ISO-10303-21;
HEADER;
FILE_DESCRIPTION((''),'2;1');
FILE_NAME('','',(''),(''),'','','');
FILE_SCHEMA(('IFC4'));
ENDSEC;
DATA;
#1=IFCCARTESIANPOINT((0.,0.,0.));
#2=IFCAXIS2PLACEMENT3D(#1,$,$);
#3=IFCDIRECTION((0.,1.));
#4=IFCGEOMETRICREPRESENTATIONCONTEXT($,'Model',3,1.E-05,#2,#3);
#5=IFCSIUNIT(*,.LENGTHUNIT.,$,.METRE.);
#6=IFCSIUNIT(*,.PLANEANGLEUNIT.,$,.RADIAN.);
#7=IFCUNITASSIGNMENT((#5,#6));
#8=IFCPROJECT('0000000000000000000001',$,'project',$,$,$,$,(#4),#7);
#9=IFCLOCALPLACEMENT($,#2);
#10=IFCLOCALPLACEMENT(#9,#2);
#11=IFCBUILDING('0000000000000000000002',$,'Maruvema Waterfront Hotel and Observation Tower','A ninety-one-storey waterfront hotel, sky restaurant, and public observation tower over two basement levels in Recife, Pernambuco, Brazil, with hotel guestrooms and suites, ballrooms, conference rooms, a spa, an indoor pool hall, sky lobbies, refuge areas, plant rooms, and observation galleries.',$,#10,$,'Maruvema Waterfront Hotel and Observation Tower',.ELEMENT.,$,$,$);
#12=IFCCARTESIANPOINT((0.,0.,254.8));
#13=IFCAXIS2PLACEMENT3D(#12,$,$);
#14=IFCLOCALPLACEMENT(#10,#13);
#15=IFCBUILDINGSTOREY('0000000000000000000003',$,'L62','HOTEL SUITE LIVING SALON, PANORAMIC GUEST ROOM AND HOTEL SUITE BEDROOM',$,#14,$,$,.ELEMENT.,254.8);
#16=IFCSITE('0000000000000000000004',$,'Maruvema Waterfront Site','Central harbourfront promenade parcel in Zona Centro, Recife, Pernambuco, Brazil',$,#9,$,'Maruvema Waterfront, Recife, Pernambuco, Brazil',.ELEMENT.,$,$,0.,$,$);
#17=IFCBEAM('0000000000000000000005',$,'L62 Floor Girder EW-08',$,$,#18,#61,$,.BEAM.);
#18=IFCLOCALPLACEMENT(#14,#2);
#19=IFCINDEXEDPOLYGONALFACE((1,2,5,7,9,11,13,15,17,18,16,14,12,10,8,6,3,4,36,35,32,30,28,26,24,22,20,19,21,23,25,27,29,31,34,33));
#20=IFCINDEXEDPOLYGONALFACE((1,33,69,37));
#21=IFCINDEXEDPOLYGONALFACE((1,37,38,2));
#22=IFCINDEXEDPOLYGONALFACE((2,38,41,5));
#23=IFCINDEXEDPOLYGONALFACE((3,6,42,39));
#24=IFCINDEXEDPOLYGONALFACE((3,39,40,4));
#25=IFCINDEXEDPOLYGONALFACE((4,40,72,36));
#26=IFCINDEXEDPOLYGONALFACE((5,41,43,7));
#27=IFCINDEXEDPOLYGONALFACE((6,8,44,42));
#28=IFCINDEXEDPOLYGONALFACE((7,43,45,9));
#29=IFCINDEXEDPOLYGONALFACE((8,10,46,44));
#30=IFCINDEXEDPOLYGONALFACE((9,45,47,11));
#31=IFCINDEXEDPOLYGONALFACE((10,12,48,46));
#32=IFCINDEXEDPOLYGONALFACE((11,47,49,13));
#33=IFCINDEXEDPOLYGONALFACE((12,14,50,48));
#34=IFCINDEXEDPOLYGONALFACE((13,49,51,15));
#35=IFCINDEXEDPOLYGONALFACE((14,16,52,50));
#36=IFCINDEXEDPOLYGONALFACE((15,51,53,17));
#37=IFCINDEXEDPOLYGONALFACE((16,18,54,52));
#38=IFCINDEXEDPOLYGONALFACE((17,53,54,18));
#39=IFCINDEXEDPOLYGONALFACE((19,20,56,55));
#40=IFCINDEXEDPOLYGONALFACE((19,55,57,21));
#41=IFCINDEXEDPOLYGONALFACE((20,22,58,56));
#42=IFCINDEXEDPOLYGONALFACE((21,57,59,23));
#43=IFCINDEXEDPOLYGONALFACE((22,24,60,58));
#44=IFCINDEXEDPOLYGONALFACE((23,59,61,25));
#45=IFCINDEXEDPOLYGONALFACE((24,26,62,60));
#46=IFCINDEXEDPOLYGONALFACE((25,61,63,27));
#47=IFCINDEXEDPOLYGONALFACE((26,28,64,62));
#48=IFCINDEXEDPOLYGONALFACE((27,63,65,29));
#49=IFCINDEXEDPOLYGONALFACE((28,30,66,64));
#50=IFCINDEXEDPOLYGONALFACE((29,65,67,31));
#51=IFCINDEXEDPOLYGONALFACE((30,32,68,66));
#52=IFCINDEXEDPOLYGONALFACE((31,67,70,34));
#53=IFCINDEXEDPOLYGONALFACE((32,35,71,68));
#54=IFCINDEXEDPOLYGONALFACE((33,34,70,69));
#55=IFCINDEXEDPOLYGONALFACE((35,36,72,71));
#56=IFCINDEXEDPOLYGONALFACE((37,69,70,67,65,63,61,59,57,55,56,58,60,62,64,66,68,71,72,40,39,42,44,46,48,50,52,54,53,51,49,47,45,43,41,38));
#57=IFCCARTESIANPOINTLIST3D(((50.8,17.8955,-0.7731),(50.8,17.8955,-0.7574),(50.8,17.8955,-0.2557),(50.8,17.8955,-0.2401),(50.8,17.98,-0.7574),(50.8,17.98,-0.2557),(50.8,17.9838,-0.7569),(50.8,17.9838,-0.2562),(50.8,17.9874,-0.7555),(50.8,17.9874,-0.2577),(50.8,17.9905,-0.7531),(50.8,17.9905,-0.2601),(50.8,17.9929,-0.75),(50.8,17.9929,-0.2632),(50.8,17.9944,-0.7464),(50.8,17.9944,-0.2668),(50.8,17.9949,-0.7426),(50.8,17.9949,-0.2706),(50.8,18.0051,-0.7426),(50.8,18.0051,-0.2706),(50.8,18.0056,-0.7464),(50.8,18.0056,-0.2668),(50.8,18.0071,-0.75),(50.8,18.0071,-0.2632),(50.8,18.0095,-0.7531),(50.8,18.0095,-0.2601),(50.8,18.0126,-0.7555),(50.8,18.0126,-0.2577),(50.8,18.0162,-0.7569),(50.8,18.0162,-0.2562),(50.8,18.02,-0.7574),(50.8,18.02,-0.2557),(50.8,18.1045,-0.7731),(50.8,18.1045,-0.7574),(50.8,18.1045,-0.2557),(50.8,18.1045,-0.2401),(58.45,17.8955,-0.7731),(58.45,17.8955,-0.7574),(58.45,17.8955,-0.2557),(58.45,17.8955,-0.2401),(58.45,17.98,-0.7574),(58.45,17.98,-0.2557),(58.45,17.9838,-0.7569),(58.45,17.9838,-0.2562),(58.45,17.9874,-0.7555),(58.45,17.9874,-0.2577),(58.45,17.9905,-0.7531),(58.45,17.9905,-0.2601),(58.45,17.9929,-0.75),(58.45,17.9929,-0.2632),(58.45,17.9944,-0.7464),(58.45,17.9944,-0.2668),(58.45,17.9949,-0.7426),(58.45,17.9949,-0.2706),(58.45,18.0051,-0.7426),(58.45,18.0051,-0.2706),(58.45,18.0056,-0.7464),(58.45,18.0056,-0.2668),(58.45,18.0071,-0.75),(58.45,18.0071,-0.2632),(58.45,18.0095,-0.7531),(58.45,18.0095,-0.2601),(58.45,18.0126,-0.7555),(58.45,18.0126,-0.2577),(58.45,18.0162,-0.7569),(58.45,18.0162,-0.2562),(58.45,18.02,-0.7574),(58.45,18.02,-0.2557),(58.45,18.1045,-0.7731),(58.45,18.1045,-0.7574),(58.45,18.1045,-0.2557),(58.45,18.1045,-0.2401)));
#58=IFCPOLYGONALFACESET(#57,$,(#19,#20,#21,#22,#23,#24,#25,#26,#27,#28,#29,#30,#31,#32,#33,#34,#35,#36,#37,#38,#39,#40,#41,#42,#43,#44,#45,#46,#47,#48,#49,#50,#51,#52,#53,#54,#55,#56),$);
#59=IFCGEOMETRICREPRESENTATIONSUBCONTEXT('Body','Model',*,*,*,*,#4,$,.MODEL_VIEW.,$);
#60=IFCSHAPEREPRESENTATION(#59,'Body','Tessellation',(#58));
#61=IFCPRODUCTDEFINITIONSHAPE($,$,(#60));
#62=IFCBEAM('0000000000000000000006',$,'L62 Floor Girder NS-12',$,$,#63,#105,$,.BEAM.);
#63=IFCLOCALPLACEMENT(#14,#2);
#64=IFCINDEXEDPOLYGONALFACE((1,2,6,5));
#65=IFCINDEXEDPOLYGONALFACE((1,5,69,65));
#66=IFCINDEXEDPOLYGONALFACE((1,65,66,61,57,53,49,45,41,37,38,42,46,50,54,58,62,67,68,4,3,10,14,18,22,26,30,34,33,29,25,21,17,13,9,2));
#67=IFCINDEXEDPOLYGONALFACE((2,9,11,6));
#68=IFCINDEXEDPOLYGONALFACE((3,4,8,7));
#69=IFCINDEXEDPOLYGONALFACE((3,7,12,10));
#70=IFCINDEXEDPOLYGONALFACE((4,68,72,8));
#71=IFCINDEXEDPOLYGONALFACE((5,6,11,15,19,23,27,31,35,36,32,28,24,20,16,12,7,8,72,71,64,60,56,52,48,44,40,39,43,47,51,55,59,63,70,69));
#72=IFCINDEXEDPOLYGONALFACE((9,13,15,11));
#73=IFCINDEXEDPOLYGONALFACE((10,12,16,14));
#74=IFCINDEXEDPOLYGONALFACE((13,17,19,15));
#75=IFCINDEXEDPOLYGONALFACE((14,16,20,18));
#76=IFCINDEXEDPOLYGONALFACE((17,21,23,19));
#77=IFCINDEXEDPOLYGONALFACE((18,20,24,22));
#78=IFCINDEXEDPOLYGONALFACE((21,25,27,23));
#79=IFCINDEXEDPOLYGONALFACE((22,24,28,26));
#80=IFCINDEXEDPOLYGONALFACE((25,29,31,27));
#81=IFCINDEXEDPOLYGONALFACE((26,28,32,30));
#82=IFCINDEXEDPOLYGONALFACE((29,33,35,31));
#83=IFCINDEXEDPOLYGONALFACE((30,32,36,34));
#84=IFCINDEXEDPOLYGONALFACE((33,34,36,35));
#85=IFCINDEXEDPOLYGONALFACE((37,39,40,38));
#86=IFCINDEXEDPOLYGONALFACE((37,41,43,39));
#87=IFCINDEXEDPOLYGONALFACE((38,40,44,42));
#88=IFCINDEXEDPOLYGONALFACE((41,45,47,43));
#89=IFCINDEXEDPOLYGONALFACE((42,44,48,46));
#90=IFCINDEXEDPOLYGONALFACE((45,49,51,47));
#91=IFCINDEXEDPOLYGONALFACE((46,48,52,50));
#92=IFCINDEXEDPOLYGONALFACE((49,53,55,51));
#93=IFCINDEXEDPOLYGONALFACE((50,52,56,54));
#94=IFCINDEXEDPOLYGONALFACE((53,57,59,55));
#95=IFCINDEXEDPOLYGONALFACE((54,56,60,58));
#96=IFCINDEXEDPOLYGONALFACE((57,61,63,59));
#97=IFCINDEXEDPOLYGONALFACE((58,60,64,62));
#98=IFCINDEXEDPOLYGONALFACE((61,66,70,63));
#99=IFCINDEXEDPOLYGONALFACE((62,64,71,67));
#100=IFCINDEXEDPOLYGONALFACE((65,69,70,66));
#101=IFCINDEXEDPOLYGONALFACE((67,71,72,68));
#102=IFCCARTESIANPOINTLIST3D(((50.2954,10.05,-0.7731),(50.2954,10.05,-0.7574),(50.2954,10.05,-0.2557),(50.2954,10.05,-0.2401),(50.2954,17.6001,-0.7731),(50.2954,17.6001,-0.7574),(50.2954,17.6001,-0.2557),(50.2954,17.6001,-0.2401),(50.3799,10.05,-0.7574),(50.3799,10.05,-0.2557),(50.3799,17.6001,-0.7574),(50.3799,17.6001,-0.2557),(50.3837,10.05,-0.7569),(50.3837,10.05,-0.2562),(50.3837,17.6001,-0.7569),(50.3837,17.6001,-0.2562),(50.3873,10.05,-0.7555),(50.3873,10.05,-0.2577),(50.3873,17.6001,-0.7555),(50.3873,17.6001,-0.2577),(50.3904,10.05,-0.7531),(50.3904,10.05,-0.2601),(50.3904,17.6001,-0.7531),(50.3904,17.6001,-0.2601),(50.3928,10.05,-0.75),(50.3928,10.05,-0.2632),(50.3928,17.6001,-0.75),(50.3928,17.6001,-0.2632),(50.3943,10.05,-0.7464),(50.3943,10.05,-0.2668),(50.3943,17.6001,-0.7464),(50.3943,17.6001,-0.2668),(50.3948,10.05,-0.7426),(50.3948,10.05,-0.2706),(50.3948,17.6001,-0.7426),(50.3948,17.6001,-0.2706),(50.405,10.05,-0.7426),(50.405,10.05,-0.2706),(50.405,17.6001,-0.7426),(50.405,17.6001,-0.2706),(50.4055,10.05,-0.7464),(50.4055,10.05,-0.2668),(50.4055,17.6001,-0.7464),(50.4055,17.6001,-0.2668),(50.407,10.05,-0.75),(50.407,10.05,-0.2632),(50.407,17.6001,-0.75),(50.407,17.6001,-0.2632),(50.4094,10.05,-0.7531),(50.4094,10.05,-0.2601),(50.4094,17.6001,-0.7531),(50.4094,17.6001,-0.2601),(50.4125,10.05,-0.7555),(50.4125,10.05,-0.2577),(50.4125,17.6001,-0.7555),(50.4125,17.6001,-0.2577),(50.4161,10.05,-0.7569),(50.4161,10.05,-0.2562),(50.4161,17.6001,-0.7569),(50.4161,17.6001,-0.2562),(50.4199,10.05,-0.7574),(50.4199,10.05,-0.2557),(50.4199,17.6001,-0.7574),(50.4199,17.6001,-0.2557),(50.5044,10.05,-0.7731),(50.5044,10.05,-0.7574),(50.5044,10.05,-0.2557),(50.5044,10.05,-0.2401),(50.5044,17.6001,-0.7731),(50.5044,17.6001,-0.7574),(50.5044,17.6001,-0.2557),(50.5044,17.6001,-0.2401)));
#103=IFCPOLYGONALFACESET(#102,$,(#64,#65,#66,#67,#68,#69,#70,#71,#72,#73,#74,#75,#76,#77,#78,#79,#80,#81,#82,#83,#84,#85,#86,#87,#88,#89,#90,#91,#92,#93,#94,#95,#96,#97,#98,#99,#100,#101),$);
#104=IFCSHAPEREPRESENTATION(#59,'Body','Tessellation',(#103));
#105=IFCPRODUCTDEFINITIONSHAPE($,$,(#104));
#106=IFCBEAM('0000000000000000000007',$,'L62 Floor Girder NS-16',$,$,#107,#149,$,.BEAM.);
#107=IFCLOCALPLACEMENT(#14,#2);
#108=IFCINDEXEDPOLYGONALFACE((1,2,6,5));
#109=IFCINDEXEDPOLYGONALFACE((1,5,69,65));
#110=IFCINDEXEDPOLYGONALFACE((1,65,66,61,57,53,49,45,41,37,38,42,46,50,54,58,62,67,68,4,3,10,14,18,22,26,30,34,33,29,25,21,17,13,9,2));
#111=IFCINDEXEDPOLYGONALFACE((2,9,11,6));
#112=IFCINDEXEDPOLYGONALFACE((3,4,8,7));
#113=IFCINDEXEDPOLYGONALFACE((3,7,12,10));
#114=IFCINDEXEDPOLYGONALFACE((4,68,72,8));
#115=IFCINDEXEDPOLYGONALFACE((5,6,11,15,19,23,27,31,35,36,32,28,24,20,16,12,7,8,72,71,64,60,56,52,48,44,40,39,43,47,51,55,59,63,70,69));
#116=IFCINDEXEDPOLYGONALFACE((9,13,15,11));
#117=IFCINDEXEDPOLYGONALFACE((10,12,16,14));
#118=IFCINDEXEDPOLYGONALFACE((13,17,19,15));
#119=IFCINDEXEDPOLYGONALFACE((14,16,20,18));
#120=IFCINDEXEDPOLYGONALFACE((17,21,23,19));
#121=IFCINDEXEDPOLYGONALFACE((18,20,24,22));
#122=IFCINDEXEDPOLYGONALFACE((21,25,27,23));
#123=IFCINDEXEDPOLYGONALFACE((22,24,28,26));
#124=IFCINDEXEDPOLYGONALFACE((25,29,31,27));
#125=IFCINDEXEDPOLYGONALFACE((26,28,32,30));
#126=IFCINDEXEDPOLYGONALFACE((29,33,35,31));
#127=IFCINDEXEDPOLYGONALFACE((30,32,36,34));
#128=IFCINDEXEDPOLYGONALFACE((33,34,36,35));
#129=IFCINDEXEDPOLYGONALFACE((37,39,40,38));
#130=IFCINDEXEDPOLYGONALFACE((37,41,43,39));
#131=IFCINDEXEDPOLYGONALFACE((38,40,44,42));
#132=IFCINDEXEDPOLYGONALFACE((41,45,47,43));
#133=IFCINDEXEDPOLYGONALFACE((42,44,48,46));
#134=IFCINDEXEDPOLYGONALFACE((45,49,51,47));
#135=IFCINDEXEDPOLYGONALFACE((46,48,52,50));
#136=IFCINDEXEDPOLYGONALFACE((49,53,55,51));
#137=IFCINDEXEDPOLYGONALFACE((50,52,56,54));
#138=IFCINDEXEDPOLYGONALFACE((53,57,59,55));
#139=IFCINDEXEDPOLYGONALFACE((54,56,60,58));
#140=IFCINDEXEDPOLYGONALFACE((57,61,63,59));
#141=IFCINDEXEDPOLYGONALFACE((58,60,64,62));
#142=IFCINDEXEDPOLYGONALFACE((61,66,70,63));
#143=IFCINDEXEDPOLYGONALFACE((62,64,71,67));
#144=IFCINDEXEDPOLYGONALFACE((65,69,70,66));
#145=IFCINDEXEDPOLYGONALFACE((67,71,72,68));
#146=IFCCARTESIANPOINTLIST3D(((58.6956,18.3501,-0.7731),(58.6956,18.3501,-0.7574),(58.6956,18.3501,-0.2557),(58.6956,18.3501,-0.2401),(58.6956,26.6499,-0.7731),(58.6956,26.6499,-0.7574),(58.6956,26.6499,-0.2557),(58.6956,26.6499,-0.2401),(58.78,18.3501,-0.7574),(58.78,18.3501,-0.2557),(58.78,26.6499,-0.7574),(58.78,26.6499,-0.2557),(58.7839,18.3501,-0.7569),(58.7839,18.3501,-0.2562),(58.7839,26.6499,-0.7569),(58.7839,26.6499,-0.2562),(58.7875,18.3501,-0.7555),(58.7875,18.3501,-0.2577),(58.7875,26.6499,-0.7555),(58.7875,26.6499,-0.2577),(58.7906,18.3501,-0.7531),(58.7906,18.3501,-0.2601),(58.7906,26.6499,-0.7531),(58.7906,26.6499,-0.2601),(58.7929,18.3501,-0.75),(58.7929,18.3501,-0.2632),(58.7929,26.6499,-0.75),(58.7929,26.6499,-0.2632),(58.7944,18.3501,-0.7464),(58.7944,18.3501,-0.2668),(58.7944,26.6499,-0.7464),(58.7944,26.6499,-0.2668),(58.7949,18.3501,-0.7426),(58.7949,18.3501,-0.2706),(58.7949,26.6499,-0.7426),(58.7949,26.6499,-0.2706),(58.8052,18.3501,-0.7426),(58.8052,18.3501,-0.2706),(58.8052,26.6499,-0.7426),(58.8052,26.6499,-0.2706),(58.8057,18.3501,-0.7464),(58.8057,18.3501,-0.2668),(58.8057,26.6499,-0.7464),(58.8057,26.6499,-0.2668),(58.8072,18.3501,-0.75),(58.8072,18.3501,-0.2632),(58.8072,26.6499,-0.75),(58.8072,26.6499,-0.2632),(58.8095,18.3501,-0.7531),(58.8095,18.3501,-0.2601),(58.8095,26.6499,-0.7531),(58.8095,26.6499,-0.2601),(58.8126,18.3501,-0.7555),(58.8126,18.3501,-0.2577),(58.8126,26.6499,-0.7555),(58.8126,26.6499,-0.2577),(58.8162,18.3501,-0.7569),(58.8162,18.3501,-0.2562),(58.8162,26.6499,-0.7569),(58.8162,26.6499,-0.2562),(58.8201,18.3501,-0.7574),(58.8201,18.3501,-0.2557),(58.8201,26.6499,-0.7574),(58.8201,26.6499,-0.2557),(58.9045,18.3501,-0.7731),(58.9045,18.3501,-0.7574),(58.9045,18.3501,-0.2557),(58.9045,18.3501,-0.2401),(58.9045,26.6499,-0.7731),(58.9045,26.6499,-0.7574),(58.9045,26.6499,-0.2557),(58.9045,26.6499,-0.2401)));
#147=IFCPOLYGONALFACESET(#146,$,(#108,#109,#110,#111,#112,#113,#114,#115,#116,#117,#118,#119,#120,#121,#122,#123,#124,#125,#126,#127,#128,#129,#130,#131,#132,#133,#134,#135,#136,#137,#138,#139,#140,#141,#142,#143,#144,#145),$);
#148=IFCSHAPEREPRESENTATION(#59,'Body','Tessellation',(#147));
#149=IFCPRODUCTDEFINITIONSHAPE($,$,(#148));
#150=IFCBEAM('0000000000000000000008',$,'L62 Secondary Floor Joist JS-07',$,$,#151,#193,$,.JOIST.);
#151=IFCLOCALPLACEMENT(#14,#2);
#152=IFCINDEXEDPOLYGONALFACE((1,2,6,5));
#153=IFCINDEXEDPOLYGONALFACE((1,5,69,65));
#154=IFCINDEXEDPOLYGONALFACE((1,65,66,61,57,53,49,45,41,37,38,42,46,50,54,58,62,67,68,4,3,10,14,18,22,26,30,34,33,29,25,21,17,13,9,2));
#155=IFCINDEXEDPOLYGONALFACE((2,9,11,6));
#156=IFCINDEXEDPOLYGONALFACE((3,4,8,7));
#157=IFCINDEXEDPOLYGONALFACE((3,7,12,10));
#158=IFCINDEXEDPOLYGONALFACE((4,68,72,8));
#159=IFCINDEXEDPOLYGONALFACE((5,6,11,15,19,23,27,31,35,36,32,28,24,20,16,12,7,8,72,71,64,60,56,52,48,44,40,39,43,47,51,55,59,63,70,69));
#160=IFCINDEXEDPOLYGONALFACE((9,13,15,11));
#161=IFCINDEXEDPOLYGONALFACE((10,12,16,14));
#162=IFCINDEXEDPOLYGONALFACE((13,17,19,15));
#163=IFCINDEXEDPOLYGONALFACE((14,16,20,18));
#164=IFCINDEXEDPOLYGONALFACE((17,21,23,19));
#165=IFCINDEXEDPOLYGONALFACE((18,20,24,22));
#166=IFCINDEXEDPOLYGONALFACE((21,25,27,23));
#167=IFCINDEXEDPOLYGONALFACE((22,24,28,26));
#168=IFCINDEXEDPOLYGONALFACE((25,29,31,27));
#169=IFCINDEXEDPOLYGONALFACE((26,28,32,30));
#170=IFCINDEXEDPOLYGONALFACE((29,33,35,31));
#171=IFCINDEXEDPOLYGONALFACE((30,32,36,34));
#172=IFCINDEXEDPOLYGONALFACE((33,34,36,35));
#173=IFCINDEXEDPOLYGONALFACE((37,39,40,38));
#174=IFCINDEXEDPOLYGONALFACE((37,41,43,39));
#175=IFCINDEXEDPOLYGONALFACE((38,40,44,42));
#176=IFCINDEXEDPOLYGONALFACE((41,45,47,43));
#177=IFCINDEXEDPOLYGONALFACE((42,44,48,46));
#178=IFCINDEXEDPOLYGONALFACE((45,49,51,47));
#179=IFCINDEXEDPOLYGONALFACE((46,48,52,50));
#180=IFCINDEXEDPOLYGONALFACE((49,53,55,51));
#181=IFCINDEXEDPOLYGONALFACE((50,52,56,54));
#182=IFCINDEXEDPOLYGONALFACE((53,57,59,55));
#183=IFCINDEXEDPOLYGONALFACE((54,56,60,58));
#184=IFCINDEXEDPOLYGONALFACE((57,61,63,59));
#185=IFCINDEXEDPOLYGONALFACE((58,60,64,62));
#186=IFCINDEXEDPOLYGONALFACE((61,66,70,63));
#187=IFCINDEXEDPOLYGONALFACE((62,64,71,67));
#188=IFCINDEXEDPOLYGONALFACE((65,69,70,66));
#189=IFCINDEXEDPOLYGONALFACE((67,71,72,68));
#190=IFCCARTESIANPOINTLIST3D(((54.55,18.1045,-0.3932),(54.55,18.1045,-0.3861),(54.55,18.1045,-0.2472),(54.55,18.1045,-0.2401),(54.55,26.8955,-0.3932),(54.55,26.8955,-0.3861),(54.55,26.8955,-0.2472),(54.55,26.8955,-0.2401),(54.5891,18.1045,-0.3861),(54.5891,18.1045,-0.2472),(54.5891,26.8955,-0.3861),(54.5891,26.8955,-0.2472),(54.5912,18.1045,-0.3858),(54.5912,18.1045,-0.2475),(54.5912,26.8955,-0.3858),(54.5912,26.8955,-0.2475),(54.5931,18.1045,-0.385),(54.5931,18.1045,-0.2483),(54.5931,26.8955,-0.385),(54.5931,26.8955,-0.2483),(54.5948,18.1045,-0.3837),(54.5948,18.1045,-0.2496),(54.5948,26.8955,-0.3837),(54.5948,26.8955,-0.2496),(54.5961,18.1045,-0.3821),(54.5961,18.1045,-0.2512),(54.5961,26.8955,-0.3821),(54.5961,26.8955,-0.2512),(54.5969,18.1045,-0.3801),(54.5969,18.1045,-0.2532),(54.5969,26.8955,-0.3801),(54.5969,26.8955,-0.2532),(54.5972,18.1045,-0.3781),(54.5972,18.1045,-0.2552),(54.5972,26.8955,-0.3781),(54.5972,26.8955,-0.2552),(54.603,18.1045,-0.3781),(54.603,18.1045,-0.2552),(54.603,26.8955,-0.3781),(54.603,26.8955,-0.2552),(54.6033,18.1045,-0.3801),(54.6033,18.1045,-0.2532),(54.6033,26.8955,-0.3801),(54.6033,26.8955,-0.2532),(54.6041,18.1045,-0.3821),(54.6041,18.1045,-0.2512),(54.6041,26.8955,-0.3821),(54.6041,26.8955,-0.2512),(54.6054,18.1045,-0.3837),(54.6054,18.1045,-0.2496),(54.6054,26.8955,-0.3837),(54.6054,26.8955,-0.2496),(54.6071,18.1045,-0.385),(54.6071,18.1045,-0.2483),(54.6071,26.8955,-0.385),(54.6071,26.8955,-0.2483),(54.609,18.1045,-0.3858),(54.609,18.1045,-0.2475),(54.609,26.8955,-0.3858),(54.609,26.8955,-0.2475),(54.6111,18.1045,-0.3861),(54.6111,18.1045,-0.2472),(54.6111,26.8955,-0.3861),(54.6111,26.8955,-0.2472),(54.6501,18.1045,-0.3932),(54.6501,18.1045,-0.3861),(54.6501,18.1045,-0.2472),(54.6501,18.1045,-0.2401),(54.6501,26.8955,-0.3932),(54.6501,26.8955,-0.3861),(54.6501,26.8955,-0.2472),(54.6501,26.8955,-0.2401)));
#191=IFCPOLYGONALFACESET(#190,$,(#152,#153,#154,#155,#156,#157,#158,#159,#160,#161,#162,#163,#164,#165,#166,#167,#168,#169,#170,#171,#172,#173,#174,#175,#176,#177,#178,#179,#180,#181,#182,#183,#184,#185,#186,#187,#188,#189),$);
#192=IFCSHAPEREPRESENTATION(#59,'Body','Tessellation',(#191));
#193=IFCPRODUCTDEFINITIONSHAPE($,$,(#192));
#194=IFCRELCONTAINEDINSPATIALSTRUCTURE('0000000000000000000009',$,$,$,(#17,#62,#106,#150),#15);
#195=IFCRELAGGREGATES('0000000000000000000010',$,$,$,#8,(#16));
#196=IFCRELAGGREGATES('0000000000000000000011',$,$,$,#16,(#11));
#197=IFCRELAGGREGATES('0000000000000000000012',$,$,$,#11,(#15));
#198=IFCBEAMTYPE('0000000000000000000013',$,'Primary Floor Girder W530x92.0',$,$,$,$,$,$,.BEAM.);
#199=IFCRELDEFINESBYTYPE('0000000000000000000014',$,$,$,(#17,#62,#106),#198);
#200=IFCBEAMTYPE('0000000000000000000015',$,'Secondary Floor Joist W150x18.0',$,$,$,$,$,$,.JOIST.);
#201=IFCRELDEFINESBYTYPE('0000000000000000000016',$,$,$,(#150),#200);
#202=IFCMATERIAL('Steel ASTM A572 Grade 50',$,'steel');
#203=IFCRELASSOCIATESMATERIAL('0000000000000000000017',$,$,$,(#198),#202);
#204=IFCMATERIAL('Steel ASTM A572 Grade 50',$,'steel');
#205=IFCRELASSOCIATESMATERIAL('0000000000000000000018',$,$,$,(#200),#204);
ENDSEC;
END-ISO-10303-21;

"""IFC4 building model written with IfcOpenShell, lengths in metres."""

from ifc_helpers import new_model, si_unit, direction, frame, origin, origin_2d, place, context, subcontext, project, spatial, i_section, extrude, material, material_profile, profile_set, type_object, element, save


model = new_model("IFC4")

# Units and contexts
model_context = context("Model", 3, precision=1e-05, world=origin(), true_north=direction((0.0, 1.0)))
body_context = subcontext(model_context, "Body", "Model", "MODEL_VIEW")
ifc_project = project(units=[si_unit("LENGTHUNIT", "METRE"), si_unit("PLANEANGLEUNIT", "RADIAN")], contexts=[model_context])

# Site, building, storey
site_placement = place(None, origin())
site = spatial("IfcSite", under=ifc_project, at=site_placement, Name="Maruvema Waterfront Site", Description="Central harbourfront promenade parcel in Zona Centro, Recife, Pernambuco, Brazil", LongName="Maruvema Waterfront, Recife, Pernambuco, Brazil", CompositionType="ELEMENT", RefElevation=0.0)
building_placement = place(site_placement, origin())
building = spatial("IfcBuilding", under=site, at=building_placement, Name="Maruvema Waterfront Hotel and Observation Tower", Description="A ninety-one-storey waterfront hotel, sky restaurant, and public observation tower over two basement levels in Recife, Pernambuco, Brazil, with hotel guestrooms and suites, ballrooms, conference rooms, a spa, an indoor pool hall, sky lobbies, refuge areas, plant rooms, and observation galleries.", LongName="Maruvema Waterfront Hotel and Observation Tower", CompositionType="ELEMENT")
storey_placement = place(building_placement, frame((0.0, 0.0, 254.8)))
storey = spatial("IfcBuildingStorey", under=building, at=storey_placement, Name="L62", Description="HOTEL SUITE LIVING SALON, PANORAMIC GUEST ROOM AND HOTEL SUITE BEDROOM", CompositionType="ELEMENT", Elevation=254.8)

# Beams
ifc_material_1 = material(Name="Steel ASTM A572 Grade 50", Category="steel")
ifc_material_profile_1 = material_profile(ifc_material_1, i_section(OverallWidth=0.209, OverallDepth=0.533, WebThickness=0.0103, FlangeThickness=0.0156, FilletRadius=0.0149, at=origin_2d()), Name="W530x92.0")
ifc_profile_set_1 = profile_set([ifc_material_profile_1], Name="Steel ASTM A572 Grade 50")
beam_type_1 = type_object("IfcBeamType", Name="Primary Floor Girder W530x92.0", PredefinedType="BEAM", material=ifc_profile_set_1)
beam_1_placement = place(storey_placement, frame((50.8, 18.0, -0.5066), z_axis=(1.0, 0.0, 0.0), x_axis=(0.0, 1.0, 0.0)))
element("IfcBeam", 1, at=beam_1_placement, inside=storey, type_object=beam_type_1, Name="L62 Floor Girder EW-08", PredefinedType="BEAM", context=body_context, shape_type="SweptSolid", body=[
    extrude(i_section(OverallWidth=0.209, OverallDepth=0.533, WebThickness=0.0103, FlangeThickness=0.0156, FilletRadius=0.0149, at=origin_2d()), origin(), (0.0, 0.0, 1.0), 7.6499),
])
beam_2_placement = place(storey_placement, frame((50.3999, 10.05, -0.5066), z_axis=(0.0, 1.0, 0.0), x_axis=(-1.0, 0.0, 0.0)))
element("IfcBeam", 2, at=beam_2_placement, inside=storey, type_object=beam_type_1, Name="L62 Floor Girder NS-12", PredefinedType="BEAM", context=body_context, shape_type="SweptSolid", body=[
    extrude(i_section(OverallWidth=0.209, OverallDepth=0.533, WebThickness=0.0103, FlangeThickness=0.0156, FilletRadius=0.0149, at=origin_2d()), origin(), (0.0, 0.0, 1.0), 7.55),
])
beam_3_placement = place(storey_placement, frame((58.8, 18.3501, -0.5066), z_axis=(0.0, 1.0, 0.0), x_axis=(-1.0, 0.0, 0.0)))
element("IfcBeam", 3, at=beam_3_placement, inside=storey, type_object=beam_type_1, Name="L62 Floor Girder NS-16", PredefinedType="BEAM", context=body_context, shape_type="SweptSolid", body=[
    extrude(i_section(OverallWidth=0.209, OverallDepth=0.533, WebThickness=0.0103, FlangeThickness=0.0156, FilletRadius=0.0149, at=origin_2d()), origin(), (0.0, 0.0, 1.0), 8.2998),
])
ifc_material_2 = material(Name="Steel ASTM A572 Grade 50", Category="steel")
ifc_material_profile_2 = material_profile(ifc_material_2, i_section(OverallWidth=0.1001, OverallDepth=0.1531, WebThickness=0.0059, FlangeThickness=0.0071, FilletRadius=0.0081, at=origin_2d()), Name="W150x18.0")
ifc_profile_set_2 = profile_set([ifc_material_profile_2], Name="Steel ASTM A572 Grade 50")
beam_type_2 = type_object("IfcBeamType", Name="Secondary Floor Joist W150x18.0", PredefinedType="JOIST", material=ifc_profile_set_2)
beam_4_placement = place(storey_placement, frame((54.6001, 18.1045, -0.3167), z_axis=(0.0, 1.0, 0.0), x_axis=(-1.0, 0.0, 0.0)))
element("IfcBeam", 4, at=beam_4_placement, inside=storey, type_object=beam_type_2, Name="L62 Secondary Floor Joist JS-07", PredefinedType="JOIST", context=body_context, shape_type="SweptSolid", body=[
    extrude(i_section(OverallWidth=0.1001, OverallDepth=0.1531, WebThickness=0.0059, FlangeThickness=0.0071, FilletRadius=0.0081, at=origin_2d()), origin(), (0.0, 0.0, 1.0), 8.791),
])

save(model, "model.ifc")
